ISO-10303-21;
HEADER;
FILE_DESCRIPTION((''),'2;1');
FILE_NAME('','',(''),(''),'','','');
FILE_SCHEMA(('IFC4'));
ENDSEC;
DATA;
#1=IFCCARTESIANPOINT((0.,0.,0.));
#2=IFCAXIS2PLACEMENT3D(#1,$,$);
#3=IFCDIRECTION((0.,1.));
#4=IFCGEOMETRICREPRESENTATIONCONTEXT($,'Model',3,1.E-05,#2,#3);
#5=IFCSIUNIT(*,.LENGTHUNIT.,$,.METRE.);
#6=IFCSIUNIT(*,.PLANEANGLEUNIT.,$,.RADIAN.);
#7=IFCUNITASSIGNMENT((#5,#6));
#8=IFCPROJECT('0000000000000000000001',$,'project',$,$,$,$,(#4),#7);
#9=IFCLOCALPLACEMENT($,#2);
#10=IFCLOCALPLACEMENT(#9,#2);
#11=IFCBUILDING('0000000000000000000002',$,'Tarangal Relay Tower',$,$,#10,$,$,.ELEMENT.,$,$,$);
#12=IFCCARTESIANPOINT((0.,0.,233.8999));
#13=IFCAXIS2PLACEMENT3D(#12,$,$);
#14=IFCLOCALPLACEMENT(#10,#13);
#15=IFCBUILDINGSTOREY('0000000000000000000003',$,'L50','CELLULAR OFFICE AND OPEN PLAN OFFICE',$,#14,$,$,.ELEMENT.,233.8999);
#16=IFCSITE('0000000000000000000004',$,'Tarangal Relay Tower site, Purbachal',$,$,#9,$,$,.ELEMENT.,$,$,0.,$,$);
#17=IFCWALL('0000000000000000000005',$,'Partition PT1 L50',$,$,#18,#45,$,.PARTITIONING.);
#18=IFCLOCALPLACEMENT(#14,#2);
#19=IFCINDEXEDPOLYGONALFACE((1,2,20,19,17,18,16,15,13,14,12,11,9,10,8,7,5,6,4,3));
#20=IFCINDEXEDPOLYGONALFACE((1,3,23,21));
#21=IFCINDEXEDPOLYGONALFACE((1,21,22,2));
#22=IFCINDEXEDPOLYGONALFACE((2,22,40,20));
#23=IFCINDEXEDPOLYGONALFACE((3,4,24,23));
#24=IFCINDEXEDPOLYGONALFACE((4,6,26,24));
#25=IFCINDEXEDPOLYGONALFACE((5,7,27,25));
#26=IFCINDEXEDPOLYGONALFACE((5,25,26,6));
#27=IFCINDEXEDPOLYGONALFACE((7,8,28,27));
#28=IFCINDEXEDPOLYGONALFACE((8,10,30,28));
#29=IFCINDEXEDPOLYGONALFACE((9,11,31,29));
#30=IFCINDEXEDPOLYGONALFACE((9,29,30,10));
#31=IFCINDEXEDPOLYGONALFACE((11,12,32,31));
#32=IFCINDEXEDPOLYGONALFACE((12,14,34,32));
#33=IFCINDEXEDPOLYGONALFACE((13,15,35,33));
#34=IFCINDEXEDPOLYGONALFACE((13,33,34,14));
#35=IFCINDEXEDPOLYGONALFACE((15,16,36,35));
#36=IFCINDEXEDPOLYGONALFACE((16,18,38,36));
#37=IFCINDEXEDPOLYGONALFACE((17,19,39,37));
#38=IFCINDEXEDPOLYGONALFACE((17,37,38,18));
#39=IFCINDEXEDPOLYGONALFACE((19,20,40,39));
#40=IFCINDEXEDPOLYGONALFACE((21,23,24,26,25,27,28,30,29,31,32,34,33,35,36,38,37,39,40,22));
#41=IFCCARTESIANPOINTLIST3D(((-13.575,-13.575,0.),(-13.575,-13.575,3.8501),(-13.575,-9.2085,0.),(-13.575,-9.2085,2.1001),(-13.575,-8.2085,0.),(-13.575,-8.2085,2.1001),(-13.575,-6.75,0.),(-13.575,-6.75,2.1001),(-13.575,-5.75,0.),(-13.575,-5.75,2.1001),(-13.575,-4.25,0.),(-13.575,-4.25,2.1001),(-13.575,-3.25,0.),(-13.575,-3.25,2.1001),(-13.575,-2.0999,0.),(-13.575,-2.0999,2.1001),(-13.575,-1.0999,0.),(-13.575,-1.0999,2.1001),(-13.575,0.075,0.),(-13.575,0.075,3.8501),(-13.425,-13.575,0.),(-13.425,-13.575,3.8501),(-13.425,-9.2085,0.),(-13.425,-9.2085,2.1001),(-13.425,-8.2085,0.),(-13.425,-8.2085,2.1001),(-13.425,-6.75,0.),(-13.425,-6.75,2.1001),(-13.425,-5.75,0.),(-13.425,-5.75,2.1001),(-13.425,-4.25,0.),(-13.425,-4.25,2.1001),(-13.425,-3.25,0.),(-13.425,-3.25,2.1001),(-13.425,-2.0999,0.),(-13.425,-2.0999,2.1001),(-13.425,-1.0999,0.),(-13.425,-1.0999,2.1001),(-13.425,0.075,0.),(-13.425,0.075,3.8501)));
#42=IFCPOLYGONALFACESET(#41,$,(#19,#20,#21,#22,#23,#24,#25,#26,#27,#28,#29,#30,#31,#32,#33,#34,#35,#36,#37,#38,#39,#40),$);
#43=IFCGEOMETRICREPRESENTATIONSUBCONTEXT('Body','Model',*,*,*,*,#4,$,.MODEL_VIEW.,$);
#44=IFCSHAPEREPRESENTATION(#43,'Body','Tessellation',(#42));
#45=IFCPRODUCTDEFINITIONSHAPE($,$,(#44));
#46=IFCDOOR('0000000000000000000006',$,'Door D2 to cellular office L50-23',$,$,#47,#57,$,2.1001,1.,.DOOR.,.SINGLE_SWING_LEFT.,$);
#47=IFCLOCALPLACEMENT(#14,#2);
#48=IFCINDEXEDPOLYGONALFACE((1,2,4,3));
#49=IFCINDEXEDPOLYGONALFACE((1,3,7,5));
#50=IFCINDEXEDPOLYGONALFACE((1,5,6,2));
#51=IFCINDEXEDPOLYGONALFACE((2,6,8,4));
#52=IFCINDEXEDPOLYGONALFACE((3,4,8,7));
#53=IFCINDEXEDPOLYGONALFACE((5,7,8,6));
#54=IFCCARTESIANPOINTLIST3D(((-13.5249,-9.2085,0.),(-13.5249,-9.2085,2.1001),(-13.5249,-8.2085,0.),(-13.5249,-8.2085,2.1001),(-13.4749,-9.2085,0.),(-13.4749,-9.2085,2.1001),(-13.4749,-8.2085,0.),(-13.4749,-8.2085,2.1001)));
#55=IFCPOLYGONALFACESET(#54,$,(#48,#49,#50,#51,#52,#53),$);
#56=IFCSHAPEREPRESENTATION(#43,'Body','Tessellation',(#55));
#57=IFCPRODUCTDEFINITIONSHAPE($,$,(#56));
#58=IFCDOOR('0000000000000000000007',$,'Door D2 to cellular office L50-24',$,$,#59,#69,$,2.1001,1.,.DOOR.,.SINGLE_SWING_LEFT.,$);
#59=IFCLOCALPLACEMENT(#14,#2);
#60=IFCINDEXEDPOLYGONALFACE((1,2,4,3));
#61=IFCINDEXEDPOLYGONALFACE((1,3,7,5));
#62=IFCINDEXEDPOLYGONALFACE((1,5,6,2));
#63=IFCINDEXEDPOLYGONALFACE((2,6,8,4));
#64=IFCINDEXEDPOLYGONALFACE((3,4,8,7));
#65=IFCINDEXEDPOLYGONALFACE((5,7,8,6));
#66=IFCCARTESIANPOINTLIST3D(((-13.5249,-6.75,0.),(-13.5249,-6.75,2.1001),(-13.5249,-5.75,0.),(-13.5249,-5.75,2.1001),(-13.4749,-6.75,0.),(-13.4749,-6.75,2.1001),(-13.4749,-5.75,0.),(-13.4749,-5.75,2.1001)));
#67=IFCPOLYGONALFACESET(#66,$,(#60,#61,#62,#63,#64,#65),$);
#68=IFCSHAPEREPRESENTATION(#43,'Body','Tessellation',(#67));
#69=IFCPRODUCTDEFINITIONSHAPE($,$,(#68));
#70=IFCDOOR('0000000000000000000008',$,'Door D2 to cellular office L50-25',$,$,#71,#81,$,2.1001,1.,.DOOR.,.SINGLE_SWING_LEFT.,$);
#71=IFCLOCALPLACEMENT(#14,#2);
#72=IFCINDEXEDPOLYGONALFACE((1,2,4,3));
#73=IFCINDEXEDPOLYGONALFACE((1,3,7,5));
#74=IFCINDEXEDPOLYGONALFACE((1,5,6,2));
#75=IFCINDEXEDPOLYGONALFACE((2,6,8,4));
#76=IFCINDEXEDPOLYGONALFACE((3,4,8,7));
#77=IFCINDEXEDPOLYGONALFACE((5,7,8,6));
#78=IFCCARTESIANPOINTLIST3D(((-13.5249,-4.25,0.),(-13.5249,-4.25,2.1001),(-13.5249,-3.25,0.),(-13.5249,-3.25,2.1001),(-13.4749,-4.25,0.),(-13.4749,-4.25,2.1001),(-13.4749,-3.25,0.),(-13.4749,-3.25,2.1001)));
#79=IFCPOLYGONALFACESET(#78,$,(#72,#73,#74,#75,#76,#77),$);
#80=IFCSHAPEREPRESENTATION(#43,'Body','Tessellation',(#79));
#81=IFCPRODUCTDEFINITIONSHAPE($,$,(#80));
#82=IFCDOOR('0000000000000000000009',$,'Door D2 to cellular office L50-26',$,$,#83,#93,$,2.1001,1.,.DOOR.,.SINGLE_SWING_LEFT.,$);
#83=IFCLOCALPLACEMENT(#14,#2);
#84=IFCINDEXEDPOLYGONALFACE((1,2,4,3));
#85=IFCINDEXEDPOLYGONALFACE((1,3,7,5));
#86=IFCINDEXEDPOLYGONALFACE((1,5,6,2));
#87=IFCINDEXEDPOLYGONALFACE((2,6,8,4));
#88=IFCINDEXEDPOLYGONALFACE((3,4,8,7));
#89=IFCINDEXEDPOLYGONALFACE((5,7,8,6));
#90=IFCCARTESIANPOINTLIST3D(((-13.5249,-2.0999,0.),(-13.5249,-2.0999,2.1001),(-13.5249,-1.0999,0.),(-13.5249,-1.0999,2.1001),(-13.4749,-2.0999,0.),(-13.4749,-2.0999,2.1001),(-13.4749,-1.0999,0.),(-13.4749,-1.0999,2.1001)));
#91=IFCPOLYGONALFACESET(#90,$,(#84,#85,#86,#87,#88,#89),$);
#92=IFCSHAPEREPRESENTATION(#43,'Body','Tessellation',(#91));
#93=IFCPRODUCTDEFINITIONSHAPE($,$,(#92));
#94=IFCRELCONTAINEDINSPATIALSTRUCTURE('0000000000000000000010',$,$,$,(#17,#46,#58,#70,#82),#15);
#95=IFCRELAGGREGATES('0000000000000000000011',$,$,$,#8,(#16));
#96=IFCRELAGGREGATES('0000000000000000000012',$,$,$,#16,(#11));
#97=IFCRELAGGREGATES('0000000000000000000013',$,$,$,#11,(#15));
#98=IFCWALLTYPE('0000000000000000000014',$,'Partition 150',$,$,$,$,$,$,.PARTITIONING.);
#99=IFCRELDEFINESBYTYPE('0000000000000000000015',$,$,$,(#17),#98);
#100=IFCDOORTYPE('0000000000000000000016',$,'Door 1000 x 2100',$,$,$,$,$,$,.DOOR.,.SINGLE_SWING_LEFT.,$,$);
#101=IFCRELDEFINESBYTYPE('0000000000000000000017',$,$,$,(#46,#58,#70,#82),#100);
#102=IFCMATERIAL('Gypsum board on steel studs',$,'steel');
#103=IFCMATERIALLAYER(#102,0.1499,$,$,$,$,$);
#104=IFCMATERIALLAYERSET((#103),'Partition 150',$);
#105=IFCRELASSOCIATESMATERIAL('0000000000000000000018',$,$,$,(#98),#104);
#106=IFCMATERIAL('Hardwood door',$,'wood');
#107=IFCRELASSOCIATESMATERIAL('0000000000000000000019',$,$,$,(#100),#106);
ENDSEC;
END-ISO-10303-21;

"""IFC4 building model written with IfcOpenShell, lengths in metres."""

from ifc_helpers import new_model, si_unit, direction, frame, frame_2d, origin, place, context, subcontext, project, spatial, rectangle, extrude, material, layer, layer_set, type_object, element, fill, save


model = new_model("IFC4")

# Units and contexts
model_context = context("Model", 3, precision=1e-05, world=origin(), true_north=direction((0.0, 1.0)))
body_context = subcontext(model_context, "Body", "Model", "MODEL_VIEW")
ifc_project = project(units=[si_unit("LENGTHUNIT", "METRE"), si_unit("PLANEANGLEUNIT", "RADIAN")], contexts=[model_context])

# Site, building, storey
site_placement = place(None, origin())
site = spatial("IfcSite", under=ifc_project, at=site_placement, Name="Tarangal Relay Tower site, Purbachal", CompositionType="ELEMENT", RefElevation=0.0)
building_placement = place(site_placement, origin())
building = spatial("IfcBuilding", under=site, at=building_placement, Name="Tarangal Relay Tower", CompositionType="ELEMENT")
storey_placement = place(building_placement, frame((0.0, 0.0, 233.8999)))
storey = spatial("IfcBuildingStorey", under=building, at=storey_placement, Name="L50", Description="CELLULAR OFFICE AND OPEN PLAN OFFICE", CompositionType="ELEMENT", Elevation=233.8999)

# Wall, openings, doors
ifc_material_1 = material(Name="Gypsum board on steel studs", Category="steel")
ifc_layer_1 = layer(ifc_material_1, 0.1499)
ifc_layer_set_1 = layer_set([ifc_layer_1], Name="Partition 150")
wall_type_1 = type_object("IfcWallType", Name="Partition 150", PredefinedType="PARTITIONING", material=ifc_layer_set_1)
ifc_material_2 = material(Name="Hardwood door", Category="wood")
door_type_1 = type_object("IfcDoorType", Name="Door 1000 x 2100", OperationType="SINGLE_SWING_LEFT", PredefinedType="DOOR", material=ifc_material_2)
wall_1_placement = place(storey_placement, frame((-13.5, -13.575, 0.0), z_axis=(0.0, 0.0, 1.0), x_axis=(0.0, 1.0, 0.0)))
wall_1 = element("IfcWall", 1, at=wall_1_placement, inside=storey, type_object=wall_type_1, Name="Partition PT1 L50", PredefinedType="PARTITIONING", context=body_context, shape_type="SweptSolid", body=[
    extrude(rectangle(XDim=13.6499, YDim=0.1499, at=frame_2d((6.825, 0.0))), origin(), (0.0, 0.0, 1.0), 3.8501),
])
opening_1_placement = place(wall_1_placement, frame((4.3665, 0.0, 0.0)))
opening_1 = element("IfcOpeningElement", 2, at=opening_1_placement, cuts=wall_1, PredefinedType="OPENING", context=body_context, shape_type="SweptSolid", body=[
    extrude(rectangle(XDim=1.0, YDim=2.1001, at=frame_2d((0.5, 1.05))), frame((0.0, 0.085, 0.0), z_axis=(0.0, -1.0, 0.0), x_axis=(1.0, 0.0, 0.0)), (0.0, 0.0, 1.0), 0.1699),
])
opening_2_placement = place(wall_1_placement, frame((6.825, 0.0, 0.0)))
opening_2 = element("IfcOpeningElement", 3, at=opening_2_placement, cuts=wall_1, PredefinedType="OPENING", context=body_context, shape_type="SweptSolid", body=[
    extrude(rectangle(XDim=1.0, YDim=2.1001, at=frame_2d((0.5, 1.05))), frame((0.0, 0.085, 0.0), z_axis=(0.0, -1.0, 0.0), x_axis=(1.0, 0.0, 0.0)), (0.0, 0.0, 1.0), 0.1699),
])
opening_3_placement = place(wall_1_placement, frame((9.325, 0.0, 0.0)))
opening_3 = element("IfcOpeningElement", 4, at=opening_3_placement, cuts=wall_1, PredefinedType="OPENING", context=body_context, shape_type="SweptSolid", body=[
    extrude(rectangle(XDim=1.0, YDim=2.1001, at=frame_2d((0.5, 1.05))), frame((0.0, 0.085, 0.0), z_axis=(0.0, -1.0, 0.0), x_axis=(1.0, 0.0, 0.0)), (0.0, 0.0, 1.0), 0.1699),
])
opening_4_placement = place(wall_1_placement, frame((11.4751, 0.0, 0.0)))
opening_4 = element("IfcOpeningElement", 5, at=opening_4_placement, cuts=wall_1, PredefinedType="OPENING", context=body_context, shape_type="SweptSolid", body=[
    extrude(rectangle(XDim=1.0, YDim=2.1001, at=frame_2d((0.5, 1.05))), frame((0.0, 0.085, 0.0), z_axis=(0.0, -1.0, 0.0), x_axis=(1.0, 0.0, 0.0)), (0.0, 0.0, 1.0), 0.1699),
])
door_1_placement = place(opening_1_placement, origin())
door_1 = element("IfcDoor", 6, at=door_1_placement, inside=storey, type_object=door_type_1, Name="Door D2 to cellular office L50-23", OperationType="SINGLE_SWING_LEFT", OverallHeight=2.1001, OverallWidth=1.0, PredefinedType="DOOR", context=body_context, shape_type="SweptSolid", body=[
    extrude(rectangle(XDim=1.0, YDim=2.1001, at=frame_2d((0.5, 1.05))), frame((0.0, 0.0249, 0.0), z_axis=(0.0, -1.0, 0.0), x_axis=(1.0, 0.0, 0.0)), (0.0, 0.0, 1.0), 0.05),
])
fill(opening_1, door_1)
door_2_placement = place(opening_2_placement, origin())
door_2 = element("IfcDoor", 7, at=door_2_placement, inside=storey, type_object=door_type_1, Name="Door D2 to cellular office L50-24", OperationType="SINGLE_SWING_LEFT", OverallHeight=2.1001, OverallWidth=1.0, PredefinedType="DOOR", context=body_context, shape_type="SweptSolid", body=[
    extrude(rectangle(XDim=1.0, YDim=2.1001, at=frame_2d((0.5, 1.05))), frame((0.0, 0.0249, 0.0), z_axis=(0.0, -1.0, 0.0), x_axis=(1.0, 0.0, 0.0)), (0.0, 0.0, 1.0), 0.05),
])
fill(opening_2, door_2)
door_3_placement = place(opening_3_placement, origin())
door_3 = element("IfcDoor", 8, at=door_3_placement, inside=storey, type_object=door_type_1, Name="Door D2 to cellular office L50-25", OperationType="SINGLE_SWING_LEFT", OverallHeight=2.1001, OverallWidth=1.0, PredefinedType="DOOR", context=body_context, shape_type="SweptSolid", body=[
    extrude(rectangle(XDim=1.0, YDim=2.1001, at=frame_2d((0.5, 1.05))), frame((0.0, 0.0249, 0.0), z_axis=(0.0, -1.0, 0.0), x_axis=(1.0, 0.0, 0.0)), (0.0, 0.0, 1.0), 0.05),
])
fill(opening_3, door_3)
door_4_placement = place(opening_4_placement, origin())
door_4 = element("IfcDoor", 9, at=door_4_placement, inside=storey, type_object=door_type_1, Name="Door D2 to cellular office L50-26", OperationType="SINGLE_SWING_LEFT", OverallHeight=2.1001, OverallWidth=1.0, PredefinedType="DOOR", context=body_context, shape_type="SweptSolid", body=[
    extrude(rectangle(XDim=1.0, YDim=2.1001, at=frame_2d((0.5, 1.05))), frame((0.0, 0.0249, 0.0), z_axis=(0.0, -1.0, 0.0), x_axis=(1.0, 0.0, 0.0)), (0.0, 0.0, 1.0), 0.05),
])
fill(opening_4, door_4)

save(model, "model.ifc")
